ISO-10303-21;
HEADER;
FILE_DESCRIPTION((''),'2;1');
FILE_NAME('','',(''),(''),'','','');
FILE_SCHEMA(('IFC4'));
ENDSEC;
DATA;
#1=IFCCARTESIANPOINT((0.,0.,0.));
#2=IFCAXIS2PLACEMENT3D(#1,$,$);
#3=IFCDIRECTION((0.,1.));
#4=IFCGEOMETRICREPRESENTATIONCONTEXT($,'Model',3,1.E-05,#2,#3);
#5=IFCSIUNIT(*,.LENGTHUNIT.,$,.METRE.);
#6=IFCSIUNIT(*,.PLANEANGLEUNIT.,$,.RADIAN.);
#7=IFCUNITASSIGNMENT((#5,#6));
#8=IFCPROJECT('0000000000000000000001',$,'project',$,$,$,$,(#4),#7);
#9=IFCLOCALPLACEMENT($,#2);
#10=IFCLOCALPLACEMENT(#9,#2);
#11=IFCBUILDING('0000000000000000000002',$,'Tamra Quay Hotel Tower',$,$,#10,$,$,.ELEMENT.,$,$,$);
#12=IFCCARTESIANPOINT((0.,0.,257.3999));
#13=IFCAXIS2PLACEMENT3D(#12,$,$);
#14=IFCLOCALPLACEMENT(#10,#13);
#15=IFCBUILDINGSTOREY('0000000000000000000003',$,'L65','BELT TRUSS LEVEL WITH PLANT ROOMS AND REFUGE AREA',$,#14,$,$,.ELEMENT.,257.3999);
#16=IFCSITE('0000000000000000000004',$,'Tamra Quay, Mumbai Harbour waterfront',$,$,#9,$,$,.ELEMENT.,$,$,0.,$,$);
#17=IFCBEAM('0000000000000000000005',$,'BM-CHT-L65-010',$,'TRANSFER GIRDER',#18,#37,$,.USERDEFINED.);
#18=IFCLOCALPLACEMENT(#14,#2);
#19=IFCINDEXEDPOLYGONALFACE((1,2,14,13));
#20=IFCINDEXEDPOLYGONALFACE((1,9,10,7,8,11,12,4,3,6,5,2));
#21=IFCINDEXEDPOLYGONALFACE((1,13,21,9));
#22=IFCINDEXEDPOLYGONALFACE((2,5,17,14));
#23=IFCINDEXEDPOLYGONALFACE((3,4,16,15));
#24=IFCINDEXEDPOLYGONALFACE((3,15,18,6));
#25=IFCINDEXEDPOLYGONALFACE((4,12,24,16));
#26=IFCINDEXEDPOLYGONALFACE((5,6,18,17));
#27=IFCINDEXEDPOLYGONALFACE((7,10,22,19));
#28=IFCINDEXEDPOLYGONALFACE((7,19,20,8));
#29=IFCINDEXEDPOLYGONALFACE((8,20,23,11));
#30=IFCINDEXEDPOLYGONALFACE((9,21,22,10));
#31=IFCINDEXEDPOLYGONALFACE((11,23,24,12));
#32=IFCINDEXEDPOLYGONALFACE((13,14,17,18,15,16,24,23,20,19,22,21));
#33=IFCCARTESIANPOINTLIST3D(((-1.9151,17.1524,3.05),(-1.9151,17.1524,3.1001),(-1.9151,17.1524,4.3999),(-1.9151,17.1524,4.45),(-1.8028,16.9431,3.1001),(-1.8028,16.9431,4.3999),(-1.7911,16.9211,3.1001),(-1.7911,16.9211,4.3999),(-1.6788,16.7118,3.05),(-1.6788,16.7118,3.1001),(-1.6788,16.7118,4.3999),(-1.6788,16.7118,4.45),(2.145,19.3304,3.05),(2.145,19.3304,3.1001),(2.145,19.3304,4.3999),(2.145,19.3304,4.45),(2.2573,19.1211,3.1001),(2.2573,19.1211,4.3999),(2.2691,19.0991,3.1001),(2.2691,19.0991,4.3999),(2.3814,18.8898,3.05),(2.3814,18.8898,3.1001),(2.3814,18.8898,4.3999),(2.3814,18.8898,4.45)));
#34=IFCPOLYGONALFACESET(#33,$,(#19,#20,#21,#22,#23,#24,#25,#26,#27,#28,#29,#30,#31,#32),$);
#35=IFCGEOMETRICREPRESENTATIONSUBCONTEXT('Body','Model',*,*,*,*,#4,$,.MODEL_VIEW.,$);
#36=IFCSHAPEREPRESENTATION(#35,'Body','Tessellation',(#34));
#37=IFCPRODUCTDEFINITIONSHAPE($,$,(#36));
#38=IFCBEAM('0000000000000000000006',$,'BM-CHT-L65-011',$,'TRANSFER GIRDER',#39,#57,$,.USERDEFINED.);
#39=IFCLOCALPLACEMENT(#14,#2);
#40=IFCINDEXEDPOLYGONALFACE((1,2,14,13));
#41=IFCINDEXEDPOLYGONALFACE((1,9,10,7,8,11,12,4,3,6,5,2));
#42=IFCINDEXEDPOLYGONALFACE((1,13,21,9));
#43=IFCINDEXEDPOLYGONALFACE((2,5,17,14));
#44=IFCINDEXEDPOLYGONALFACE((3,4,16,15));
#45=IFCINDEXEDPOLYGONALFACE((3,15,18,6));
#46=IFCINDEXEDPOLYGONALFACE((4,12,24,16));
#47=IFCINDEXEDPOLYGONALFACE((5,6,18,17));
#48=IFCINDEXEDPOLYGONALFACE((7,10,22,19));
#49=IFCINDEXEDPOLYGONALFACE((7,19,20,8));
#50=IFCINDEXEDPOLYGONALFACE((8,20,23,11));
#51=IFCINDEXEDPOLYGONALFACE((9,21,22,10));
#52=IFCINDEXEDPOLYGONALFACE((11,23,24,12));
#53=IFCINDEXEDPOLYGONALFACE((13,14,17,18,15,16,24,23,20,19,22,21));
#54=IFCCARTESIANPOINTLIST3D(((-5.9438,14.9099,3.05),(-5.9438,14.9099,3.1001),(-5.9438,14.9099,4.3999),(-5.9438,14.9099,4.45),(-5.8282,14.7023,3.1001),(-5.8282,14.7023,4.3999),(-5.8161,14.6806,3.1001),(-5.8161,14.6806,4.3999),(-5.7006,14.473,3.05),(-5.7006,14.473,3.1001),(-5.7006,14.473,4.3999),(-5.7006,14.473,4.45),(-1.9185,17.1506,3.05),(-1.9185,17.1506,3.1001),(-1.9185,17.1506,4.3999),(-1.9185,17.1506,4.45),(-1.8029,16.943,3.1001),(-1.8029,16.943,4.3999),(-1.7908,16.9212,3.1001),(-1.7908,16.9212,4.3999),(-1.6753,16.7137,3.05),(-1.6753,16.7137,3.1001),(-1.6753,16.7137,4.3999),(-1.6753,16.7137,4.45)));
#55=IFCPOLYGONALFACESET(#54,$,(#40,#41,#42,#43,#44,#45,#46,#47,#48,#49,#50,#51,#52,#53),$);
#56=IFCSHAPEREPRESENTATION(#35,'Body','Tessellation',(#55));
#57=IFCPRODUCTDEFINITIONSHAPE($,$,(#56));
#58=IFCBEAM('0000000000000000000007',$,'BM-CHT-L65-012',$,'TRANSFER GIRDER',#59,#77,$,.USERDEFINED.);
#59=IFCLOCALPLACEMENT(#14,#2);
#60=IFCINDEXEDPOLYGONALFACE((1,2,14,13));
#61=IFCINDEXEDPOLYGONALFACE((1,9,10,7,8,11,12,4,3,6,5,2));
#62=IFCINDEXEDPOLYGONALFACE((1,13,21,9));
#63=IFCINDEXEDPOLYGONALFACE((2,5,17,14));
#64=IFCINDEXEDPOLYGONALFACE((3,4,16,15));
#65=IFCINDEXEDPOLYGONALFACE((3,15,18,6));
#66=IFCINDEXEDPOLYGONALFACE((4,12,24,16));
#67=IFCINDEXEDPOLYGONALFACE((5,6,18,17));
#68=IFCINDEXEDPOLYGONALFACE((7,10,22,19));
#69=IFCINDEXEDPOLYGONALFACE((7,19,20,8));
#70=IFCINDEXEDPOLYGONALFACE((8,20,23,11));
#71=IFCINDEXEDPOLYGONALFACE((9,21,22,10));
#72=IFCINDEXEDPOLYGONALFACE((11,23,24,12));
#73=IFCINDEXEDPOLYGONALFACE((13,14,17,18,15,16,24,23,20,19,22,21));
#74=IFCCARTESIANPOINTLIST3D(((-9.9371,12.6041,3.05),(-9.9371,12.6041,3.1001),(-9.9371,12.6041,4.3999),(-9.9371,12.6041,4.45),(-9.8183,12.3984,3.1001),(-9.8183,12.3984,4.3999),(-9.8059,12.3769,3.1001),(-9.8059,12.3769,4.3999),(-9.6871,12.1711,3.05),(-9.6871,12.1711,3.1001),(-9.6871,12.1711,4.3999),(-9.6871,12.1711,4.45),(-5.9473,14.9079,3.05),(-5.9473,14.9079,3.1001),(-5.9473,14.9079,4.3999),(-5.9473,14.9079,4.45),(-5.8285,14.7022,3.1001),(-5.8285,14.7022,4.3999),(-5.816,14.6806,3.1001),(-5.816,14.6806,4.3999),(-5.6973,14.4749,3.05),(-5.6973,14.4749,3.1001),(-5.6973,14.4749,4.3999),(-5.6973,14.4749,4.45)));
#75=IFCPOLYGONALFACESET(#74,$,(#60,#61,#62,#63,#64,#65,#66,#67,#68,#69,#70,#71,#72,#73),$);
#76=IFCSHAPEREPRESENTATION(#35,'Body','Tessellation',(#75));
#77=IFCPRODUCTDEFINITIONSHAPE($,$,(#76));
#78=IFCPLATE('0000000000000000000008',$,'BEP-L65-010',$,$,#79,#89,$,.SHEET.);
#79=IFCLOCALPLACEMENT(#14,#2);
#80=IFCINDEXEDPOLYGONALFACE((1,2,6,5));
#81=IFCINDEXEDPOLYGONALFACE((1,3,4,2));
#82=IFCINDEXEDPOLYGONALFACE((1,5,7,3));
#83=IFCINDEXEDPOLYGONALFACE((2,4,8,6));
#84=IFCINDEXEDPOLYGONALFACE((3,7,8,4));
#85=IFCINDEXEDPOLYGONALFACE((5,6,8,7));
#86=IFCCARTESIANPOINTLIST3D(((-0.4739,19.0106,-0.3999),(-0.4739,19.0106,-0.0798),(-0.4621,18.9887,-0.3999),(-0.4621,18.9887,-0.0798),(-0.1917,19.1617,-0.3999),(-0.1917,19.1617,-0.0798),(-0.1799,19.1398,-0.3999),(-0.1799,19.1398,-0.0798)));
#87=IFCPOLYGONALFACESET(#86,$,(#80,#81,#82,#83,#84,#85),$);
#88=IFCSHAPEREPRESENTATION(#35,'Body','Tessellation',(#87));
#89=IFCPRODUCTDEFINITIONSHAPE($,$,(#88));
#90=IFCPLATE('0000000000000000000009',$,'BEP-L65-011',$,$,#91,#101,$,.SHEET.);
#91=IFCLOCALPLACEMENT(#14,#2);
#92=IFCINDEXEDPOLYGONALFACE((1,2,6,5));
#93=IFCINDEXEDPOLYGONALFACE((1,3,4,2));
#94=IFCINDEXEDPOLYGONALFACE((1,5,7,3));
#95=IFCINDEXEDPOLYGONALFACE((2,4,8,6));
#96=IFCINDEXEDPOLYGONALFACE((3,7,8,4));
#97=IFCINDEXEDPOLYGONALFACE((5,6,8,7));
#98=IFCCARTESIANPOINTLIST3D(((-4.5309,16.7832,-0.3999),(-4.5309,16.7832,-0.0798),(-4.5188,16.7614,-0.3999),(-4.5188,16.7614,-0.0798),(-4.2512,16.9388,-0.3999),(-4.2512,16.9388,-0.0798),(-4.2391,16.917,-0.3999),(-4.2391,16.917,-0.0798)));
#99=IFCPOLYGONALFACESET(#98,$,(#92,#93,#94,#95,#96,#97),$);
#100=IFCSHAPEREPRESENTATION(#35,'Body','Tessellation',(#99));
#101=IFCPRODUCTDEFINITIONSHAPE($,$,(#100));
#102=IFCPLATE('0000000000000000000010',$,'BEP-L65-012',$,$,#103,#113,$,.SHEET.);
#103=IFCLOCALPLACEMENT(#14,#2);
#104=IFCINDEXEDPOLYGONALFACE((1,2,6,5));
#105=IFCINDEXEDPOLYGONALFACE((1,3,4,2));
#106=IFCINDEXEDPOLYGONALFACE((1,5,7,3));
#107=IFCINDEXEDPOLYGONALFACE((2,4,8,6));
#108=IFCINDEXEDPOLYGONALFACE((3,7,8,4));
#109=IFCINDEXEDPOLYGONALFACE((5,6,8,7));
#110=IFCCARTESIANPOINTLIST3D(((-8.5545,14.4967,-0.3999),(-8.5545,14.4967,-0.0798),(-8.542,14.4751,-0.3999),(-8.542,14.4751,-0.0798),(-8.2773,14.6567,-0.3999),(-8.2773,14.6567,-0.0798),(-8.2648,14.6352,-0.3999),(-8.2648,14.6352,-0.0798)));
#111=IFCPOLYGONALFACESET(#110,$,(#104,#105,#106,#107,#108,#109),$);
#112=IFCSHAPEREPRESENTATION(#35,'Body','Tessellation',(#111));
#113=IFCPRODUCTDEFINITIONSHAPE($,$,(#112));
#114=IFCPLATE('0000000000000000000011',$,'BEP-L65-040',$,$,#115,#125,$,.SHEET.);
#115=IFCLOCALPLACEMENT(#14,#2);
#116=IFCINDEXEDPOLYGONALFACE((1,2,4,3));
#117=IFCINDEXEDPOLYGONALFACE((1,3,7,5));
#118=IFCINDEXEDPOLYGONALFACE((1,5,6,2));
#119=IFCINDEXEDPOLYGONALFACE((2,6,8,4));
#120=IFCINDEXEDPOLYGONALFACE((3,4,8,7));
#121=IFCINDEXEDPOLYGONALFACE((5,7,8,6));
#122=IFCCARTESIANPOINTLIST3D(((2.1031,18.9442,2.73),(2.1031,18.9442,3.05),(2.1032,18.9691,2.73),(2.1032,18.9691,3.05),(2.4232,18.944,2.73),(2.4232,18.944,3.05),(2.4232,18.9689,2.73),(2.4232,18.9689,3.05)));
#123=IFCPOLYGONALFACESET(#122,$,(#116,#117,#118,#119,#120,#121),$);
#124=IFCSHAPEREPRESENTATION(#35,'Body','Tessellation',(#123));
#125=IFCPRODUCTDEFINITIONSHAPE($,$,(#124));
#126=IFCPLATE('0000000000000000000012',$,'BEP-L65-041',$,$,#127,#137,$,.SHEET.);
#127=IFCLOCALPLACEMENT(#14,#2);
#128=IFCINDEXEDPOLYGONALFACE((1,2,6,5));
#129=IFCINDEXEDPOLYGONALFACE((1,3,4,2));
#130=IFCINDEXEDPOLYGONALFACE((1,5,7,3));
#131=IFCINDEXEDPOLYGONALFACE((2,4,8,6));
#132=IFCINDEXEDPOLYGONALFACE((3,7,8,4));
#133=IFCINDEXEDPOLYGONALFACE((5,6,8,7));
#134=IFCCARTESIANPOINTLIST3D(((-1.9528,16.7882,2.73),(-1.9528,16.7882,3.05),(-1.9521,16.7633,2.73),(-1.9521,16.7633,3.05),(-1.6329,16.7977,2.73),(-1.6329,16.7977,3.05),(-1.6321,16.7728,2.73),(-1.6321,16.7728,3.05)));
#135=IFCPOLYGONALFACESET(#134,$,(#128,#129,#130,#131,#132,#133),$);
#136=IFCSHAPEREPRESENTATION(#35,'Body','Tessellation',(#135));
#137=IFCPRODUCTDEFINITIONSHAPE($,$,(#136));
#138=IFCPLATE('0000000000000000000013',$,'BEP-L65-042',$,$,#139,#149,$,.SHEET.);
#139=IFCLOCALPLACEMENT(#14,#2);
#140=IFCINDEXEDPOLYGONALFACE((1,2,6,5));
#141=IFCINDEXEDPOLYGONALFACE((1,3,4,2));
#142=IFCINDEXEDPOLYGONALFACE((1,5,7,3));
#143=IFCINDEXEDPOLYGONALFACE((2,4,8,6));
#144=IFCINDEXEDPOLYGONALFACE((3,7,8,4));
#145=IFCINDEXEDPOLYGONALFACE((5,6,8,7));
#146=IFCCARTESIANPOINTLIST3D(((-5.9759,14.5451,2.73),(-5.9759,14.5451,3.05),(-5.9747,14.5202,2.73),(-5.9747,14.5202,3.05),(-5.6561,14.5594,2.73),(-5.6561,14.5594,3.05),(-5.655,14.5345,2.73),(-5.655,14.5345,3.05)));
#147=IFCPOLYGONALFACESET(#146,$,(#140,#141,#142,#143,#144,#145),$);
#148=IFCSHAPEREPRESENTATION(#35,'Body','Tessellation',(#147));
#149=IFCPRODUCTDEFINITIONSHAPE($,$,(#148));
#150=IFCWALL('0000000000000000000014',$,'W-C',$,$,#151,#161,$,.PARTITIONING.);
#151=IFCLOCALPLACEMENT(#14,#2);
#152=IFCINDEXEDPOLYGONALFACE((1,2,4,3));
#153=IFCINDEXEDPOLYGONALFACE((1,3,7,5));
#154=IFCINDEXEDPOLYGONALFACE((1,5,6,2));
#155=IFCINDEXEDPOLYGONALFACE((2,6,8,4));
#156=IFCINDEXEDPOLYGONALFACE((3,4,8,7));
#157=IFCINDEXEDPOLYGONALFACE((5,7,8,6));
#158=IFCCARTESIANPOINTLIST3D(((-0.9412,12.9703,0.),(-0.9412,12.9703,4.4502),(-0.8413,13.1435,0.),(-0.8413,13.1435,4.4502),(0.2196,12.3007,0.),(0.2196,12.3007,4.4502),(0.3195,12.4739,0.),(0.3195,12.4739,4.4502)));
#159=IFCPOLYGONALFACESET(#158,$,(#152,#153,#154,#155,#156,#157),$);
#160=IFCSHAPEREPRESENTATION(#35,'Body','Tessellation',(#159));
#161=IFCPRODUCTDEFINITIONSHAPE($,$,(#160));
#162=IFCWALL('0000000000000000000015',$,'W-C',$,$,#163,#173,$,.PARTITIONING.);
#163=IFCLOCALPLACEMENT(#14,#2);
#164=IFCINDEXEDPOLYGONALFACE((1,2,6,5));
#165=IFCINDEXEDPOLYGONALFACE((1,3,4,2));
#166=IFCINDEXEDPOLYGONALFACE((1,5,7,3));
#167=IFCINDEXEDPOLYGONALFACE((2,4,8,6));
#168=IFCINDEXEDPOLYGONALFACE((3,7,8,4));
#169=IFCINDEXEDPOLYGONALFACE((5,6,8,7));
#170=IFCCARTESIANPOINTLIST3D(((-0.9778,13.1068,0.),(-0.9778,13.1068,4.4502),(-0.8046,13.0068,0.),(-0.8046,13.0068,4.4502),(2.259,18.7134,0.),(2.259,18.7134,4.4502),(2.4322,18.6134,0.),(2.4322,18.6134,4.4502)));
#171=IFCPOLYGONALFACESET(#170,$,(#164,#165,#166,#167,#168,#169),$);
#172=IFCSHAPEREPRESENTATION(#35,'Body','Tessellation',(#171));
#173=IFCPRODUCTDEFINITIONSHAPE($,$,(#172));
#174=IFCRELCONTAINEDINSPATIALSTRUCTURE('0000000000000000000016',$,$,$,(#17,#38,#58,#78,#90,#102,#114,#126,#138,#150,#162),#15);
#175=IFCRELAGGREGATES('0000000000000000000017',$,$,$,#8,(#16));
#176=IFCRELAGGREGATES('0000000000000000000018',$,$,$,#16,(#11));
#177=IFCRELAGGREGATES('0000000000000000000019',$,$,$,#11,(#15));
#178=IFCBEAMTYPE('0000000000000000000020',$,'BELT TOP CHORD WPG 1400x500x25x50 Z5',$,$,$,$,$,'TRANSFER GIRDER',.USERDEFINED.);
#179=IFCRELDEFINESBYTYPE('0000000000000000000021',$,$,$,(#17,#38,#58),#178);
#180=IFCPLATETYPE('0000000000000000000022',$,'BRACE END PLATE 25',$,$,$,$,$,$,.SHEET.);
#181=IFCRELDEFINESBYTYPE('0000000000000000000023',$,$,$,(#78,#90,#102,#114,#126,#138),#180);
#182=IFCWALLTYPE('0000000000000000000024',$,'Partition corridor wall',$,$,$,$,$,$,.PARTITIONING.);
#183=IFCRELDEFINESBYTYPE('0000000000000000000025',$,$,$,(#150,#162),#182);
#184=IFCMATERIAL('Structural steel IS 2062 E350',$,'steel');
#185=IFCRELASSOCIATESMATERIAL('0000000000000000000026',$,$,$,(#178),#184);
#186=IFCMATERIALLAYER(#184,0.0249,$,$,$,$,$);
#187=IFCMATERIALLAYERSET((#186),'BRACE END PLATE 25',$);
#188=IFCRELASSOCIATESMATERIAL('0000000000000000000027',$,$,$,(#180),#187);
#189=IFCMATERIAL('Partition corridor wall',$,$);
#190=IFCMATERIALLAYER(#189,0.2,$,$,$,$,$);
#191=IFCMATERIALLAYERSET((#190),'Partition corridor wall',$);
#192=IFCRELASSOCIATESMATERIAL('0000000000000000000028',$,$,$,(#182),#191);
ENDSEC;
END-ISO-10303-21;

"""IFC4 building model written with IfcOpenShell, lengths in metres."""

from ifc_helpers import new_model, si_unit, direction, frame, frame_2d, origin, origin_2d, place, context, subcontext, project, spatial, rectangle, i_section, extrude, material, layer, layer_set, material_profile, profile_set, type_object, element, save


model = new_model("IFC4")

# Units and contexts
model_context = context("Model", 3, precision=1e-05, world=origin(), true_north=direction((0.0, 1.0)))
body_context = subcontext(model_context, "Body", "Model", "MODEL_VIEW")
ifc_project = project(units=[si_unit("LENGTHUNIT", "METRE"), si_unit("PLANEANGLEUNIT", "RADIAN")], contexts=[model_context])

# Site, building, storey
site_placement = place(None, origin())
site = spatial("IfcSite", under=ifc_project, at=site_placement, Name="Tamra Quay, Mumbai Harbour waterfront", CompositionType="ELEMENT", RefElevation=0.0)
building_placement = place(site_placement, origin())
building = spatial("IfcBuilding", under=site, at=building_placement, Name="Tamra Quay Hotel Tower", CompositionType="ELEMENT")
storey_placement = place(building_placement, frame((0.0, 0.0, 257.3999)))
storey = spatial("IfcBuildingStorey", under=building, at=storey_placement, Name="L65", Description="BELT TRUSS LEVEL WITH PLANT ROOMS AND REFUGE AREA", CompositionType="ELEMENT", Elevation=257.3999)

# Shared definitions
ifc_material_1 = material(Name="Structural steel IS 2062 E350", Category="steel")

# Beams
ifc_material_profile_1 = material_profile(ifc_material_1, i_section(OverallWidth=0.5, OverallDepth=1.3999, WebThickness=0.0249, FlangeThickness=0.05, at=origin_2d()), Name="WPG 1400x500x25x50")
ifc_profile_set_1 = profile_set([ifc_material_profile_1], Name="Structural steel IS 2062 E350")
beam_type_1 = type_object("IfcBeamType", Name="BELT TOP CHORD WPG 1400x500x25x50 Z5", ElementType="TRANSFER GIRDER", PredefinedType="USERDEFINED", material=ifc_profile_set_1)
beam_1_placement = place(storey_placement, frame((2.2632, 19.1101, 3.75), z_axis=(-0.881214, -0.472718, 0.0), x_axis=(0.472718, -0.881214, 0.0)))
element("IfcBeam", 1, at=beam_1_placement, inside=storey, type_object=beam_type_1, Name="BM-CHT-L65-010", ObjectType="TRANSFER GIRDER", PredefinedType="USERDEFINED", context=body_context, shape_type="SweptSolid", body=[
    extrude(i_section(OverallWidth=0.5, OverallDepth=1.3999, WebThickness=0.0249, FlangeThickness=0.05, at=origin_2d()), origin(), (0.0, 0.0, 1.0), 4.6074),
])
beam_2_placement = place(storey_placement, frame((-1.7969, 16.9321, 3.75), z_axis=(-0.873752, -0.486372, 0.0), x_axis=(0.486372, -0.873752, 0.0)))
element("IfcBeam", 2, at=beam_2_placement, inside=storey, type_object=beam_type_1, Name="BM-CHT-L65-011", ObjectType="TRANSFER GIRDER", PredefinedType="USERDEFINED", context=body_context, shape_type="SweptSolid", body=[
    extrude(i_section(OverallWidth=0.5, OverallDepth=1.3999, WebThickness=0.0249, FlangeThickness=0.05, at=origin_2d()), origin(), (0.0, 0.0, 1.0), 4.6069),
])
beam_3_placement = place(storey_placement, frame((-5.8223, 14.6914, 3.75), z_axis=(-0.866004, -0.500037, 0.0), x_axis=(0.500037, -0.866004, 0.0)))
element("IfcBeam", 3, at=beam_3_placement, inside=storey, type_object=beam_type_1, Name="BM-CHT-L65-012", ObjectType="TRANSFER GIRDER", PredefinedType="USERDEFINED", context=body_context, shape_type="SweptSolid", body=[
    extrude(i_section(OverallWidth=0.5, OverallDepth=1.3999, WebThickness=0.0249, FlangeThickness=0.05, at=origin_2d()), origin(), (0.0, 0.0, 1.0), 4.6072),
])

# Plates
ifc_layer_1 = layer(ifc_material_1, 0.0249)
ifc_layer_set_1 = layer_set([ifc_layer_1], Name="BRACE END PLATE 25")
plate_type = type_object("IfcPlateType", Name="BRACE END PLATE 25", PredefinedType="SHEET", material=ifc_layer_set_1)
for number, where, z_axis, x_axis, name in (
    (4, (-0.3269, 19.0752, -0.3999), (0.0, 0.0, 1.0), (-0.472062, 0.881566, 0.0), "BEP-L65-010"),
    (5, (-4.385, 16.8501, -0.3999), (0.0, 0.0, 1.0), (-0.486114, 0.873895, 0.0), "BEP-L65-011"),
    (6, (-8.4097, 14.5659, -0.3999), (0.0, 0.0, 1.0), (-0.499995, 0.866028, 0.0), "BEP-L65-012"),
    (7, (2.2632, 18.9565, 2.73), (0.0, 0.0, 1.0), (0.000663, 1.0, 0.0), "BEP-L65-040"),
    (8, (-1.7925, 16.7805, 2.73), (0.0, 0.0, 1.0), (-0.02953, 0.999564, 0.0), "BEP-L65-041"),
    (9, (-5.8154, 14.5398, 2.73), (0.0, 0.0, 1.0), (-0.044739, 0.998999, 0.0), "BEP-L65-042"),
):
    element("IfcPlate", number, at=place(storey_placement, frame(where, z_axis=z_axis, x_axis=x_axis)), inside=storey, type_object=plate_type, Name=name, PredefinedType="SHEET", context=body_context, shape_type="SweptSolid", body=[
        extrude(rectangle(XDim=0.0249, YDim=0.3201, at=origin_2d()), origin(), (0.0, 0.0, 1.0), 0.3201),
    ])

# Walls
ifc_material_2 = material(Name="Partition corridor wall")
ifc_layer_2 = layer(ifc_material_2, 0.2)
ifc_layer_set_2 = layer_set([ifc_layer_2], Name="Partition corridor wall")
wall_type = type_object("IfcWallType", Name="Partition corridor wall", PredefinedType="PARTITIONING", material=ifc_layer_set_2)
wall_1_placement = place(storey_placement, frame((-0.8911, 13.0569, 0.0), z_axis=(0.0, 0.0, 1.0), x_axis=(0.866207, -0.499686, 0.0)))
element("IfcWall", 10, at=wall_1_placement, inside=storey, type_object=wall_type, Name="W-C", PredefinedType="PARTITIONING", context=body_context, shape_type="SweptSolid", body=[
    extrude(rectangle(XDim=1.3401, YDim=0.2, at=frame_2d((0.6699, 0.0))), origin(), (0.0, 0.0, 1.0), 4.4502),
])
wall_2_placement = place(storey_placement, frame((-0.8911, 13.0569, 0.0), z_axis=(0.0, 0.0, 1.0), x_axis=(0.499976, 0.866039, 0.0)))
element("IfcWall", 11, at=wall_2_placement, inside=storey, type_object=wall_type, Name="W-C", PredefinedType="PARTITIONING", context=body_context, shape_type="SweptSolid", body=[
    extrude(rectangle(XDim=6.4739, YDim=0.2, at=frame_2d((3.2368, 0.0))), origin(), (0.0, 0.0, 1.0), 4.4502),
])

save(model, "model.ifc")
